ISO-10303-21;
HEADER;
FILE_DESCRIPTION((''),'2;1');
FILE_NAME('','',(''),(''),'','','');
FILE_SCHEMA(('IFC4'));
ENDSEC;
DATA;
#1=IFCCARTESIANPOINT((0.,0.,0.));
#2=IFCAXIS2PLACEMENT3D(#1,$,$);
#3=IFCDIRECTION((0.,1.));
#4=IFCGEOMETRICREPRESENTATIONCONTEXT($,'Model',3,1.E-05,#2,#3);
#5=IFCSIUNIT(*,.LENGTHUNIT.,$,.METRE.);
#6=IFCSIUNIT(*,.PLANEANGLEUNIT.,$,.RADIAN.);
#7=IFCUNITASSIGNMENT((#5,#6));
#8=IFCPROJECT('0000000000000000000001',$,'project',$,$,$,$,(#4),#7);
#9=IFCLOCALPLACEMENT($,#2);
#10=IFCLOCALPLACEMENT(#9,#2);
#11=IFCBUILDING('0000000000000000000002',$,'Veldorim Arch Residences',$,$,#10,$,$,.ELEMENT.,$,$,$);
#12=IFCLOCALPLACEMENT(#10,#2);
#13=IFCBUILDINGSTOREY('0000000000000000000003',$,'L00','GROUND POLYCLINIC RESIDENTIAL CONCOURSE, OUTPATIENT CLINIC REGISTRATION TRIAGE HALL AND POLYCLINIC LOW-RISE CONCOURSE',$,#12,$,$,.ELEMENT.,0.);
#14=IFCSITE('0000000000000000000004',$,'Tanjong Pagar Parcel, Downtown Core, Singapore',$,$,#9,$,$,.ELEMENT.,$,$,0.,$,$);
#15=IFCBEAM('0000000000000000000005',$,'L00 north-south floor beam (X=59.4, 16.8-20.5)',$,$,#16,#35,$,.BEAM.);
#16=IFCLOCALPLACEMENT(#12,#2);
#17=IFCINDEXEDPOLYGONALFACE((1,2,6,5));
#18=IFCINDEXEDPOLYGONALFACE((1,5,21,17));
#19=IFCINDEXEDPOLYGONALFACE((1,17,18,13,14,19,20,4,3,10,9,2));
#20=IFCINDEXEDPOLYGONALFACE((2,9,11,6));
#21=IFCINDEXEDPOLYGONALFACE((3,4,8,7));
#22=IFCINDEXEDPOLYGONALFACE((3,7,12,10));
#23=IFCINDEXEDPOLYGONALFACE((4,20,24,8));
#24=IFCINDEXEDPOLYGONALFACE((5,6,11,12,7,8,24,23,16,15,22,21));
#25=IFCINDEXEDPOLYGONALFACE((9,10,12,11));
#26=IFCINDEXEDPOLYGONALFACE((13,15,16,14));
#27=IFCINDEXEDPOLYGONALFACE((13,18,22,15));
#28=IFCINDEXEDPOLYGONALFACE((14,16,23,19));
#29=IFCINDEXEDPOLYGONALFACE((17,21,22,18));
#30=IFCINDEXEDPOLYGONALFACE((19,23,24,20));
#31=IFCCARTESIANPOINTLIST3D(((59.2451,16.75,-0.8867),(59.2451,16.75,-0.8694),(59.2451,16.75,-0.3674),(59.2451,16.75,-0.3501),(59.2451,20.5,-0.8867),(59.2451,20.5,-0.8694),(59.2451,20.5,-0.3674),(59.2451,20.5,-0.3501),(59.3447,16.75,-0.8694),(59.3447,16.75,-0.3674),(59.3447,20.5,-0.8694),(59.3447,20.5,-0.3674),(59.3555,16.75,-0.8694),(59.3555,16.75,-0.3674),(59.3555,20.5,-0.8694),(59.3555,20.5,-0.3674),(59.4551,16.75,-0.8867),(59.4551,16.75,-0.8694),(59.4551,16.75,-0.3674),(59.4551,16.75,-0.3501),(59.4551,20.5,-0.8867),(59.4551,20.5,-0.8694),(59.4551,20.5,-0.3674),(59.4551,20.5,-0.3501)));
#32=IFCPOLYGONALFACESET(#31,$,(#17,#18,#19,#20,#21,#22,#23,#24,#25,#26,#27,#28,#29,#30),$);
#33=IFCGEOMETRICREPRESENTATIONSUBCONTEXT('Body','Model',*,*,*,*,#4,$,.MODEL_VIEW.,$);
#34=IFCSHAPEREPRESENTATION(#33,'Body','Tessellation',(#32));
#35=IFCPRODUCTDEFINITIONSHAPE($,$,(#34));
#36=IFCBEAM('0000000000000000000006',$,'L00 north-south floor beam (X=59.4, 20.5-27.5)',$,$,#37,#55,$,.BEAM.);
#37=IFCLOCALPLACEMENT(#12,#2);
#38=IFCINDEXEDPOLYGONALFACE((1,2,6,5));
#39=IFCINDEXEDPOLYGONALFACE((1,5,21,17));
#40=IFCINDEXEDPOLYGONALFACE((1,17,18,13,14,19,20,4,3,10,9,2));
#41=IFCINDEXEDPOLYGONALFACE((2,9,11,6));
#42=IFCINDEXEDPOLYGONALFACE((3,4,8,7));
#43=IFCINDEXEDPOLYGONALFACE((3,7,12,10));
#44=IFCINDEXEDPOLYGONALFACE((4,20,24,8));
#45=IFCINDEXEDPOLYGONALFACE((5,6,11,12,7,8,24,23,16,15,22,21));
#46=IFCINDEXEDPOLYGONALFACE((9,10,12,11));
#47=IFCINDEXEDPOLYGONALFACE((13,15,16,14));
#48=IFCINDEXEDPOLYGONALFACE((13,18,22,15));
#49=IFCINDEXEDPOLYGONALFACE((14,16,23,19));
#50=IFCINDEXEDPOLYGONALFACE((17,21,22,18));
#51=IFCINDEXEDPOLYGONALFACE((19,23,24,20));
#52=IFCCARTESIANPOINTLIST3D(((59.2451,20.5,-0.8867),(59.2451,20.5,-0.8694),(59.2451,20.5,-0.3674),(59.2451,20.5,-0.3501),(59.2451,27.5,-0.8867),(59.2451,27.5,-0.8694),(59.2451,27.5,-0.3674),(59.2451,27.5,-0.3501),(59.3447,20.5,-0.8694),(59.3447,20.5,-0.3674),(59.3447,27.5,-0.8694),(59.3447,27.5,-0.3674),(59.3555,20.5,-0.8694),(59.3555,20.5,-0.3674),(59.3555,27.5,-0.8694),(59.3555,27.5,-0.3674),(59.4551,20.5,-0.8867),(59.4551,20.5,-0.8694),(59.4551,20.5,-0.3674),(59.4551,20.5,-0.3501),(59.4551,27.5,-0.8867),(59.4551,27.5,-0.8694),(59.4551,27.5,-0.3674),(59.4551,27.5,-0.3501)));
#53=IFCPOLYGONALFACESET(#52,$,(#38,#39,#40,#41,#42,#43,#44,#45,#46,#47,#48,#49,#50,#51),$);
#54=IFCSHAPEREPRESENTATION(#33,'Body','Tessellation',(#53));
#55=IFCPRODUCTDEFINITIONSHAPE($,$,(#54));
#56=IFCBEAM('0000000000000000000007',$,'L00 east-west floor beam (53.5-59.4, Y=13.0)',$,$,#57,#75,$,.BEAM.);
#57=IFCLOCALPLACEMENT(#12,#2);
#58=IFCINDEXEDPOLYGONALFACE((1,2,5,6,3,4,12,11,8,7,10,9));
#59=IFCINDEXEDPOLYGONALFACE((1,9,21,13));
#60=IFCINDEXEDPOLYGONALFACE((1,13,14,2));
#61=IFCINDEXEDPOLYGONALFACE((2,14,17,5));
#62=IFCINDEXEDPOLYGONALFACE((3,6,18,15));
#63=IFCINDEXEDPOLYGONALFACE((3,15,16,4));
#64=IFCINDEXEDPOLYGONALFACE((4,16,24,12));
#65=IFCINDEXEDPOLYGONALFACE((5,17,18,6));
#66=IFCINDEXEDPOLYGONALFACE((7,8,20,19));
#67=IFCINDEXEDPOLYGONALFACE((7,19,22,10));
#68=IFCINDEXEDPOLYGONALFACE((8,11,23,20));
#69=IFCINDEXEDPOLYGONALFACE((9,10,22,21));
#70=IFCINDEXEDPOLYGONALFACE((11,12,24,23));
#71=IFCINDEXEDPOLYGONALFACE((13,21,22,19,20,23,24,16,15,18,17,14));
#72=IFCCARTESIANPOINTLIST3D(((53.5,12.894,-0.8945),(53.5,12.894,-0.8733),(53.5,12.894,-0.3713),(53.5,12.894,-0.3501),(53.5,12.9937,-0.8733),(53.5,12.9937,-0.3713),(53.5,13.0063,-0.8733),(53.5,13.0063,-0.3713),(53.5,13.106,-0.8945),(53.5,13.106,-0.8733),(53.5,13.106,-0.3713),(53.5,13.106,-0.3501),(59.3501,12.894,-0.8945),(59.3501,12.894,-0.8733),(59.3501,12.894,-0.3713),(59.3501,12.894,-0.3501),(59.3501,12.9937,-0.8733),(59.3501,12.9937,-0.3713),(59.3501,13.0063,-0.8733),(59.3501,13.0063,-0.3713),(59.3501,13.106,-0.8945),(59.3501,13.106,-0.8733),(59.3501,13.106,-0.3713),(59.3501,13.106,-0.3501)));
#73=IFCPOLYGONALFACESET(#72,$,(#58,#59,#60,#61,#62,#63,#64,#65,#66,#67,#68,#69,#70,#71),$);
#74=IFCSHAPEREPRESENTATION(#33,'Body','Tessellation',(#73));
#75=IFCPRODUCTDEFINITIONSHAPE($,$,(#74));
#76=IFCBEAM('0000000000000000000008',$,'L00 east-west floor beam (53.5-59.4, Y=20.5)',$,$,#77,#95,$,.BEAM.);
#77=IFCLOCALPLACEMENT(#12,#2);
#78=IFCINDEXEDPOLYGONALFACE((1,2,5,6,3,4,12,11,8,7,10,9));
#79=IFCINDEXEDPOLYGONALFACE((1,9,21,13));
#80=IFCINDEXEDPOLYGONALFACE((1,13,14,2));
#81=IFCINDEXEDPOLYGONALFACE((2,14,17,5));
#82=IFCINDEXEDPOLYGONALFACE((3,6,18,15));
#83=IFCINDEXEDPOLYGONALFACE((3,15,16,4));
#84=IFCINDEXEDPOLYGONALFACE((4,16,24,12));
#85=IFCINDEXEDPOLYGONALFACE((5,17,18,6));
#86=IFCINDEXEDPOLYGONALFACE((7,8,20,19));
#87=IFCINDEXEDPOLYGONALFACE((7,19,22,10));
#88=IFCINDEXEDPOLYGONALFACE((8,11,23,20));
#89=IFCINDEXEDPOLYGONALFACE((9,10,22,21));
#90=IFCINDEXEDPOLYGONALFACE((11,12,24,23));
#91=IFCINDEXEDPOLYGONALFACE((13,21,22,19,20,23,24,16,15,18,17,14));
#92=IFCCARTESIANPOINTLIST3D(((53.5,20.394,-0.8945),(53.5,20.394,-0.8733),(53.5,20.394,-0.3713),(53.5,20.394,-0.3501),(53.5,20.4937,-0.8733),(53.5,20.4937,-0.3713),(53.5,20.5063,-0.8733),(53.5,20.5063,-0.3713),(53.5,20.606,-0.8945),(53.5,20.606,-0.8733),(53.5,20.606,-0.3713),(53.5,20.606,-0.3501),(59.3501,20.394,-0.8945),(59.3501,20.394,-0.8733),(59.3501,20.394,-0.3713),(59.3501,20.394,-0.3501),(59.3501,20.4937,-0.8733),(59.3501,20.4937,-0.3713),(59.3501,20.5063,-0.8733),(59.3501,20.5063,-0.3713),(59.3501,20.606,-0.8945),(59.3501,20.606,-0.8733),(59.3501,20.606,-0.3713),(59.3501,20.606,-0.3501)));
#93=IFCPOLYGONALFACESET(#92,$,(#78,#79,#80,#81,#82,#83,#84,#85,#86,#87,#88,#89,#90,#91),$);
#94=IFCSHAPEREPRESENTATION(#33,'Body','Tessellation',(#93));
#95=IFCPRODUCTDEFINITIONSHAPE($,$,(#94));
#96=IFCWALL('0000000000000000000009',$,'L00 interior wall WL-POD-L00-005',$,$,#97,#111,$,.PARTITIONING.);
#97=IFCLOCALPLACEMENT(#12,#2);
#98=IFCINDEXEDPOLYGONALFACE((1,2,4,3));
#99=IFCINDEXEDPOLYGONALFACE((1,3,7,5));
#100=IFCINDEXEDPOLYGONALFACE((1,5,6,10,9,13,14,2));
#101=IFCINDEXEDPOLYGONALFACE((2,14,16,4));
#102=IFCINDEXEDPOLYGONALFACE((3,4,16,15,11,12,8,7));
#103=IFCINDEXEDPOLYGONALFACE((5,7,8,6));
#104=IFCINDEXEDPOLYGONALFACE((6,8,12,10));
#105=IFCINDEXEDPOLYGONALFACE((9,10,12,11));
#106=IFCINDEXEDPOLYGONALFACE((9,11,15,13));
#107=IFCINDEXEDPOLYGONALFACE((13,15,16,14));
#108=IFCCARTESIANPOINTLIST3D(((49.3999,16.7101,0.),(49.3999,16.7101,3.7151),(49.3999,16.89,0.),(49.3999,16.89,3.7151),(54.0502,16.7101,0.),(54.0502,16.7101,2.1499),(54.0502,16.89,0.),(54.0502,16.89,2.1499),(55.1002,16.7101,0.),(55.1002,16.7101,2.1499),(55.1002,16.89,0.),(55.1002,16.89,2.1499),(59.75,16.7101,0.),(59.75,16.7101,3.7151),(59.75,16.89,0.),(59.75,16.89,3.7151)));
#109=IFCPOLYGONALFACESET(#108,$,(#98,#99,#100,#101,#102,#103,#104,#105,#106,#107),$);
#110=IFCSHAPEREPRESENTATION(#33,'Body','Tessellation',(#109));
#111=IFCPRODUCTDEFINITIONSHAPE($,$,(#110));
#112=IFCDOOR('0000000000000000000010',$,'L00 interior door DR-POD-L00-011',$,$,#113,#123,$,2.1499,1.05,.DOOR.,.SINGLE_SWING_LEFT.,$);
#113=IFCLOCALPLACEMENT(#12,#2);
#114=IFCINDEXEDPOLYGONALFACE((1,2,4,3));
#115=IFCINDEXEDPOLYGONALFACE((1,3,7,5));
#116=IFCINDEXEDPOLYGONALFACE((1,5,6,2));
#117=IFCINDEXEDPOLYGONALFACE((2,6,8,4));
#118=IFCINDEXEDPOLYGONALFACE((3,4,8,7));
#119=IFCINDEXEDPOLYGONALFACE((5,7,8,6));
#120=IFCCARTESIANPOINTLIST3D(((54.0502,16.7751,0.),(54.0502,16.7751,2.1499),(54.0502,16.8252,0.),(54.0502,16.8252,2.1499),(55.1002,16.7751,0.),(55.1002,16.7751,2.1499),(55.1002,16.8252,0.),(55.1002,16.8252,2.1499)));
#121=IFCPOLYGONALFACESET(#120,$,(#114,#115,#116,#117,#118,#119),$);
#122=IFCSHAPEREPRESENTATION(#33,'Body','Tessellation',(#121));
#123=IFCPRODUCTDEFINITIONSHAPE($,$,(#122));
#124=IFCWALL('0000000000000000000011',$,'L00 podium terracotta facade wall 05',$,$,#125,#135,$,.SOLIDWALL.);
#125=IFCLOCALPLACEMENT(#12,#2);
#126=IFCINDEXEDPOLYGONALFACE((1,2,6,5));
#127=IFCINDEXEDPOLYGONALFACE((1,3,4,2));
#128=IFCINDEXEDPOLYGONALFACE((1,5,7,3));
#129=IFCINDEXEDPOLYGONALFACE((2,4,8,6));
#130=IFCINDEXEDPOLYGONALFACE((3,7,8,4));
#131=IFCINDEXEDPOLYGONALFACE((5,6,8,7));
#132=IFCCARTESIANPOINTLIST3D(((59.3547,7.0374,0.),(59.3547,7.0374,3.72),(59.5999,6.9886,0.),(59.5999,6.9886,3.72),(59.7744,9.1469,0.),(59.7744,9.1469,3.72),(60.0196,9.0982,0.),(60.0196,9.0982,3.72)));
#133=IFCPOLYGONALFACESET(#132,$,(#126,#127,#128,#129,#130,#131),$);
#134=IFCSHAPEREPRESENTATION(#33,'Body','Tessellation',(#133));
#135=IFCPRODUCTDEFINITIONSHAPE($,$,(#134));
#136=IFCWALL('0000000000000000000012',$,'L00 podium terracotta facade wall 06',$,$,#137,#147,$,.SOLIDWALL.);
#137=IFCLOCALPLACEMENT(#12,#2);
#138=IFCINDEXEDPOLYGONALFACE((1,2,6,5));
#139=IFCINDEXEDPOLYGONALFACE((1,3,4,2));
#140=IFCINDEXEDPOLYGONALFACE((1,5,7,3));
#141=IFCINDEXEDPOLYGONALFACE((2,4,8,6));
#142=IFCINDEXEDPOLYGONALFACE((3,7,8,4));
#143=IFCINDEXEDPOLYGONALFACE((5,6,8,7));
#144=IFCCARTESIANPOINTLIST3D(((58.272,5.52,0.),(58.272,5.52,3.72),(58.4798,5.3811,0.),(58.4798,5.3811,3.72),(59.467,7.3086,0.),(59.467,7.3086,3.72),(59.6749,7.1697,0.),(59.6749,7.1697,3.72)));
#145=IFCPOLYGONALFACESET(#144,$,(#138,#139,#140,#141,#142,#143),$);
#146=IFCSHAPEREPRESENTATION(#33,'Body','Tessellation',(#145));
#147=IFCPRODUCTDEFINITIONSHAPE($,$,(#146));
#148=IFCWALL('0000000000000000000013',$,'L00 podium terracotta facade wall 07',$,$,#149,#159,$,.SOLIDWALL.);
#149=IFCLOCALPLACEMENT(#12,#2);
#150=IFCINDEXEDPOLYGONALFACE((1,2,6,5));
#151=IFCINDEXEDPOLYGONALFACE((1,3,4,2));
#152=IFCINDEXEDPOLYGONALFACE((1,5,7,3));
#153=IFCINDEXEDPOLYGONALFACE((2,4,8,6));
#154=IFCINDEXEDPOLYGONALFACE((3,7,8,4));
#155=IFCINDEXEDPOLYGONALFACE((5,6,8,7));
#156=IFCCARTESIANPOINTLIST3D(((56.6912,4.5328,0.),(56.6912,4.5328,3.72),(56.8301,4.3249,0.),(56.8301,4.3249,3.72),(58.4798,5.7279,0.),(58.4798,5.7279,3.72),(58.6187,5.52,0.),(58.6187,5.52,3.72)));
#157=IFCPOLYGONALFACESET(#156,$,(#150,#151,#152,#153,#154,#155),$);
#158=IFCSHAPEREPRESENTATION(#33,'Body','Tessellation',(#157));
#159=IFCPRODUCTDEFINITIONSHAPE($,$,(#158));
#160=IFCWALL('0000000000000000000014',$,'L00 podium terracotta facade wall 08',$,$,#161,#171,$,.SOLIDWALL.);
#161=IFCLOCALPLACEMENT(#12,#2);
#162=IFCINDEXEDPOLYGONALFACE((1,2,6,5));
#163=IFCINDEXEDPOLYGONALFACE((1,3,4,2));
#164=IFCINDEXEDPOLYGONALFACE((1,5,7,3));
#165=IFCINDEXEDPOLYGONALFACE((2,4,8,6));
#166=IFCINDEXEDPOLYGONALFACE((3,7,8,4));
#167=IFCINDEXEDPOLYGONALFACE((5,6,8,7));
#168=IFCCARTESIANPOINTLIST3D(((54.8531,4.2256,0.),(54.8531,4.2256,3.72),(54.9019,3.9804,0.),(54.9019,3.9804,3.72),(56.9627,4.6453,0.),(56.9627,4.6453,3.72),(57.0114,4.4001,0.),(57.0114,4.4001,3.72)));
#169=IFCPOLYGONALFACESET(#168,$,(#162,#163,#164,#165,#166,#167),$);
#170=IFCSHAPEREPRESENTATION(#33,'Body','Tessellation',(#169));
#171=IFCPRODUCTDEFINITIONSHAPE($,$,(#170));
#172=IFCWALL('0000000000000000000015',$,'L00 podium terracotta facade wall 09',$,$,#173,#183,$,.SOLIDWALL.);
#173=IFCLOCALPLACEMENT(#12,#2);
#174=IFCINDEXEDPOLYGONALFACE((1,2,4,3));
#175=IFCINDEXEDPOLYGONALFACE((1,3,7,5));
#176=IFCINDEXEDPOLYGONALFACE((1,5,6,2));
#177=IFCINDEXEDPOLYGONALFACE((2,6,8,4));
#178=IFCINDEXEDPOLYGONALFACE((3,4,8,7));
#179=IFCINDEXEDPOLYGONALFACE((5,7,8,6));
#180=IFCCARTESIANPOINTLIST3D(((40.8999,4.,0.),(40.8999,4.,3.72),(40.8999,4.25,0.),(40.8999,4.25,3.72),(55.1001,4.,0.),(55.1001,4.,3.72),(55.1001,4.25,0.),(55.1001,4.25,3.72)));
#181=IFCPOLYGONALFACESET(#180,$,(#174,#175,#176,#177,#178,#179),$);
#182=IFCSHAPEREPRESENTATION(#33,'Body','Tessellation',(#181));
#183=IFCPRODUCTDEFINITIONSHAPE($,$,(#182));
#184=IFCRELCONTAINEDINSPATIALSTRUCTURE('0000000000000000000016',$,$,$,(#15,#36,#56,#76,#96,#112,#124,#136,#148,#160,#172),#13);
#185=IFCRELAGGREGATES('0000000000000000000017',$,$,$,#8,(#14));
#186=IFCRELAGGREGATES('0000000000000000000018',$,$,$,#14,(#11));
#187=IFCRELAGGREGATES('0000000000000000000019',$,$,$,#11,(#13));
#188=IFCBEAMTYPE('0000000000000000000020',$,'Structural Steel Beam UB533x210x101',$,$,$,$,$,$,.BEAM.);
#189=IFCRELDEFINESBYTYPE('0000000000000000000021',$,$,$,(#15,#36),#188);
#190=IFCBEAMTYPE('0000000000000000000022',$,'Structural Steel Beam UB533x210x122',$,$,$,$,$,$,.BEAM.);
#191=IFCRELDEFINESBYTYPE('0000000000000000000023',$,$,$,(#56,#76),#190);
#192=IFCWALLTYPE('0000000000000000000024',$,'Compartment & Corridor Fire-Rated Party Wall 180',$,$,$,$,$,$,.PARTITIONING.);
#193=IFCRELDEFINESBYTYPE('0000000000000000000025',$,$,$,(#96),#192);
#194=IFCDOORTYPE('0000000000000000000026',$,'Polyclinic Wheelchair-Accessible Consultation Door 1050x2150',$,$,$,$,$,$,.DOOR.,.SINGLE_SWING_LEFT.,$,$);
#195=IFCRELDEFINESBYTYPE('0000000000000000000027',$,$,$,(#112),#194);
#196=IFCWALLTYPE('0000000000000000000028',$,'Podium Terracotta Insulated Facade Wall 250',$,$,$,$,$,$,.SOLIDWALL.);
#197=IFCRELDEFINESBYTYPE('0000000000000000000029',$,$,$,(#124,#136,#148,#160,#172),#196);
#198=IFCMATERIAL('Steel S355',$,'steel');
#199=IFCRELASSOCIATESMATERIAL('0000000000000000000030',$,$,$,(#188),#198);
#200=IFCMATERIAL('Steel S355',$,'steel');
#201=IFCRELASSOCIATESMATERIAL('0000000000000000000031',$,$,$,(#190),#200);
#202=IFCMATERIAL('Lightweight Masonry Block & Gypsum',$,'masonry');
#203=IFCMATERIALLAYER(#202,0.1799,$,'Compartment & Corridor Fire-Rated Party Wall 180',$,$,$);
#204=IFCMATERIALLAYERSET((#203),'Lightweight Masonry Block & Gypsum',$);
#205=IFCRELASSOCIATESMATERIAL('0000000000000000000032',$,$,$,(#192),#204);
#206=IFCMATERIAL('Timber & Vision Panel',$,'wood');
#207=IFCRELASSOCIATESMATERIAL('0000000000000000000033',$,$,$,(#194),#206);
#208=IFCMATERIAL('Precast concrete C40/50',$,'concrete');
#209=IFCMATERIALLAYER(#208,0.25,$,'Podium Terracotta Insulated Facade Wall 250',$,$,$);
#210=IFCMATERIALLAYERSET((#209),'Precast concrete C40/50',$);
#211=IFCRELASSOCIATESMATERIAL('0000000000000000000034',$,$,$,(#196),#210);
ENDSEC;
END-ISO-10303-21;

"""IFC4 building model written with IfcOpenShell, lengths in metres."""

from ifc_helpers import new_model, si_unit, direction, frame, frame_2d, origin, origin_2d, place, context, subcontext, project, spatial, rectangle, i_section, extrude, material, layer, layer_set, material_profile, profile_set, type_object, element, fill, save


model = new_model("IFC4")

# Units and contexts
model_context = context("Model", 3, precision=1e-05, world=origin(), true_north=direction((0.0, 1.0)))
body_context = subcontext(model_context, "Body", "Model", "MODEL_VIEW")
ifc_project = project(units=[si_unit("LENGTHUNIT", "METRE"), si_unit("PLANEANGLEUNIT", "RADIAN")], contexts=[model_context])

# Site, building, storey
site_placement = place(None, origin())
site = spatial("IfcSite", under=ifc_project, at=site_placement, Name="Tanjong Pagar Parcel, Downtown Core, Singapore", CompositionType="ELEMENT", RefElevation=0.0)
building_placement = place(site_placement, origin())
building = spatial("IfcBuilding", under=site, at=building_placement, Name="Veldorim Arch Residences", CompositionType="ELEMENT")
storey_placement = place(building_placement, origin())
storey = spatial("IfcBuildingStorey", under=building, at=storey_placement, Name="L00", Description="GROUND POLYCLINIC RESIDENTIAL CONCOURSE, OUTPATIENT CLINIC REGISTRATION TRIAGE HALL AND POLYCLINIC LOW-RISE CONCOURSE", CompositionType="ELEMENT", Elevation=0.0)

# Beams
ifc_material_1 = material(Name="Steel S355", Category="steel")
ifc_material_profile_1 = material_profile(ifc_material_1, i_section(OverallWidth=0.21, OverallDepth=0.5366, WebThickness=0.0107, FlangeThickness=0.0173, at=origin_2d()), Name="UB533x210x101")
ifc_profile_set_1 = profile_set([ifc_material_profile_1], Name="Steel S355")
beam_type_1 = type_object("IfcBeamType", Name="Structural Steel Beam UB533x210x101", PredefinedType="BEAM", material=ifc_profile_set_1)
for number, where, z_axis, x_axis, name in (
    (1, (59.3501, 16.75, -0.6184), (0.0, 1.0, 0.0), (-1.0, 0.0, 0.0), "L00 north-south floor beam (X=59.4, 16.8-20.5)"),
):
    element("IfcBeam", number, at=place(storey_placement, frame(where, z_axis=z_axis, x_axis=x_axis)), inside=storey, type_object=beam_type_1, Name=name, PredefinedType="BEAM", context=body_context, shape_type="SweptSolid", body=[
        extrude(i_section(OverallWidth=0.21, OverallDepth=0.5366, WebThickness=0.0107, FlangeThickness=0.0173, at=origin_2d()), origin(), (0.0, 0.0, 1.0), 3.75),
    ])
beam_1_placement = place(storey_placement, frame((59.3501, 20.5, -0.6184), z_axis=(0.0, 1.0, 0.0), x_axis=(-1.0, 0.0, 0.0)))
element("IfcBeam", 2, at=beam_1_placement, inside=storey, type_object=beam_type_1, Name="L00 north-south floor beam (X=59.4, 20.5-27.5)", PredefinedType="BEAM", context=body_context, shape_type="SweptSolid", body=[
    extrude(i_section(OverallWidth=0.21, OverallDepth=0.5366, WebThickness=0.0107, FlangeThickness=0.0173, at=origin_2d()), origin(), (0.0, 0.0, 1.0), 7.0),
])
ifc_material_2 = material(Name="Steel S355", Category="steel")
ifc_material_profile_2 = material_profile(ifc_material_2, i_section(OverallWidth=0.2119, OverallDepth=0.5444, WebThickness=0.0127, FlangeThickness=0.0212, at=origin_2d()), Name="UB533x210x122")
ifc_profile_set_2 = profile_set([ifc_material_profile_2], Name="Steel S355")
beam_type_2 = type_object("IfcBeamType", Name="Structural Steel Beam UB533x210x122", PredefinedType="BEAM", material=ifc_profile_set_2)
for number, where, z_axis, x_axis, name in (
    (3, (53.5, 13.0, -0.6223), (1.0, 0.0, 0.0), (0.0, 1.0, 0.0), "L00 east-west floor beam (53.5-59.4, Y=13.0)"),
    (4, (53.5, 20.5, -0.6223), (1.0, 0.0, 0.0), (0.0, 1.0, 0.0), "L00 east-west floor beam (53.5-59.4, Y=20.5)"),
):
    element("IfcBeam", number, at=place(storey_placement, frame(where, z_axis=z_axis, x_axis=x_axis)), inside=storey, type_object=beam_type_2, Name=name, PredefinedType="BEAM", context=body_context, shape_type="SweptSolid", body=[
        extrude(i_section(OverallWidth=0.2119, OverallDepth=0.5444, WebThickness=0.0127, FlangeThickness=0.0212, at=origin_2d()), origin(), (0.0, 0.0, 1.0), 5.8501),
    ])

# Wall, opening, door
ifc_material_3 = material(Name="Lightweight Masonry Block & Gypsum", Category="masonry")
ifc_layer_1 = layer(ifc_material_3, 0.1799, Name="Compartment & Corridor Fire-Rated Party Wall 180")
ifc_layer_set_1 = layer_set([ifc_layer_1], Name="Lightweight Masonry Block & Gypsum")
wall_type_1 = type_object("IfcWallType", Name="Compartment & Corridor Fire-Rated Party Wall 180", PredefinedType="PARTITIONING", material=ifc_layer_set_1)
wall_1_placement = place(storey_placement, frame((59.75, 16.8, 0.0), z_axis=(0.0, 0.0, 1.0), x_axis=(-1.0, 0.0, 0.0)))
wall_1 = element("IfcWall", 5, at=wall_1_placement, inside=storey, type_object=wall_type_1, Name="L00 interior wall WL-POD-L00-005", PredefinedType="PARTITIONING", context=body_context, shape_type="SweptSolid", body=[
    extrude(rectangle(XDim=10.3501, YDim=0.1799, at=frame_2d((5.175, 0.0))), origin(), (0.0, 0.0, 1.0), 3.7151),
])
opening_placement = place(wall_1_placement, frame((4.6499, 0.0, 0.0)))
opening = element("IfcOpeningElement", 6, at=opening_placement, cuts=wall_1, PredefinedType="OPENING", context=body_context, shape_type="SweptSolid", body=[
    extrude(rectangle(XDim=1.05, YDim=2.1499, at=frame_2d((0.5249, 1.075))), frame((0.0, 0.0999, 0.0), z_axis=(0.0, -1.0, 0.0), x_axis=(1.0, 0.0, 0.0)), (0.0, 0.0, 1.0), 0.2),
])
ifc_material_4 = material(Name="Timber & Vision Panel", Category="wood")
door_type = type_object("IfcDoorType", Name="Polyclinic Wheelchair-Accessible Consultation Door 1050x2150", OperationType="SINGLE_SWING_LEFT", PredefinedType="DOOR", material=ifc_material_4)
door_placement = place(opening_placement, origin())
door = element("IfcDoor", 7, at=door_placement, inside=storey, type_object=door_type, Name="L00 interior door DR-POD-L00-011", OperationType="SINGLE_SWING_LEFT", OverallHeight=2.1499, OverallWidth=1.05, PredefinedType="DOOR", context=body_context, shape_type="SweptSolid", body=[
    extrude(rectangle(XDim=1.05, YDim=2.1499, at=frame_2d((0.5249, 1.075))), frame((0.0, 0.0249, 0.0), z_axis=(0.0, -1.0, 0.0), x_axis=(1.0, 0.0, 0.0)), (0.0, 0.0, 1.0), 0.05),
])
fill(opening, door)

# Walls
ifc_material_5 = material(Name="Precast concrete C40/50", Category="concrete")
ifc_layer_2 = layer(ifc_material_5, 0.25, Name="Podium Terracotta Insulated Facade Wall 250")
ifc_layer_set_2 = layer_set([ifc_layer_2], Name="Precast concrete C40/50")
wall_type_2 = type_object("IfcWallType", Name="Podium Terracotta Insulated Facade Wall 250", PredefinedType="SOLIDWALL", material=ifc_layer_set_2)
wall_2_placement = place(storey_placement, frame((59.897, 9.1226, 0.0), z_axis=(0.0, 0.0, 1.0), x_axis=(-0.195112, -0.980781, 0.0)))
element("IfcWall", 8, at=wall_2_placement, inside=storey, type_object=wall_type_2, Name="L00 podium terracotta facade wall 05", PredefinedType="SOLIDWALL", context=body_context, shape_type="SweptSolid", body=[
    extrude(rectangle(XDim=2.1509, YDim=0.25, at=frame_2d((1.0754, 0.0))), origin(), (0.0, 0.0, 1.0), 3.72),
])
for number, where, z_axis, x_axis, name in (
    (9, (59.571, 7.2393, 0.0), (0.0, 0.0, 1.0), (-0.555564, -0.831474, 0.0), "L00 podium terracotta facade wall 06"),
    (10, (58.5493, 5.624, 0.0), (0.0, 0.0, 1.0), (-0.831474, -0.555564, 0.0), "L00 podium terracotta facade wall 07"),
):
    element("IfcWall", number, at=place(storey_placement, frame(where, z_axis=z_axis, x_axis=x_axis)), inside=storey, type_object=wall_type_2, Name=name, PredefinedType="SOLIDWALL", context=body_context, shape_type="SweptSolid", body=[
        extrude(rectangle(XDim=2.1511, YDim=0.25, at=frame_2d((1.0757, 0.0))), origin(), (0.0, 0.0, 1.0), 3.72),
    ])
wall_3_placement = place(storey_placement, frame((56.9871, 4.5227, 0.0), z_axis=(0.0, 0.0, 1.0), x_axis=(-0.980781, -0.195112, 0.0)))
element("IfcWall", 11, at=wall_3_placement, inside=storey, type_object=wall_type_2, Name="L00 podium terracotta facade wall 08", PredefinedType="SOLIDWALL", context=body_context, shape_type="SweptSolid", body=[
    extrude(rectangle(XDim=2.1509, YDim=0.25, at=frame_2d((1.0754, 0.0))), origin(), (0.0, 0.0, 1.0), 3.72),
])
wall_4_placement = place(storey_placement, frame((55.1001, 4.125, 0.0), z_axis=(0.0, 0.0, 1.0), x_axis=(-1.0, 0.0, 0.0)))
element("IfcWall", 12, at=wall_4_placement, inside=storey, type_object=wall_type_2, Name="L00 podium terracotta facade wall 09", PredefinedType="SOLIDWALL", context=body_context, shape_type="SweptSolid", body=[
    extrude(rectangle(XDim=14.2002, YDim=0.25, at=frame_2d((7.1001, 0.0))), origin(), (0.0, 0.0, 1.0), 3.72),
])

save(model, "model.ifc")
